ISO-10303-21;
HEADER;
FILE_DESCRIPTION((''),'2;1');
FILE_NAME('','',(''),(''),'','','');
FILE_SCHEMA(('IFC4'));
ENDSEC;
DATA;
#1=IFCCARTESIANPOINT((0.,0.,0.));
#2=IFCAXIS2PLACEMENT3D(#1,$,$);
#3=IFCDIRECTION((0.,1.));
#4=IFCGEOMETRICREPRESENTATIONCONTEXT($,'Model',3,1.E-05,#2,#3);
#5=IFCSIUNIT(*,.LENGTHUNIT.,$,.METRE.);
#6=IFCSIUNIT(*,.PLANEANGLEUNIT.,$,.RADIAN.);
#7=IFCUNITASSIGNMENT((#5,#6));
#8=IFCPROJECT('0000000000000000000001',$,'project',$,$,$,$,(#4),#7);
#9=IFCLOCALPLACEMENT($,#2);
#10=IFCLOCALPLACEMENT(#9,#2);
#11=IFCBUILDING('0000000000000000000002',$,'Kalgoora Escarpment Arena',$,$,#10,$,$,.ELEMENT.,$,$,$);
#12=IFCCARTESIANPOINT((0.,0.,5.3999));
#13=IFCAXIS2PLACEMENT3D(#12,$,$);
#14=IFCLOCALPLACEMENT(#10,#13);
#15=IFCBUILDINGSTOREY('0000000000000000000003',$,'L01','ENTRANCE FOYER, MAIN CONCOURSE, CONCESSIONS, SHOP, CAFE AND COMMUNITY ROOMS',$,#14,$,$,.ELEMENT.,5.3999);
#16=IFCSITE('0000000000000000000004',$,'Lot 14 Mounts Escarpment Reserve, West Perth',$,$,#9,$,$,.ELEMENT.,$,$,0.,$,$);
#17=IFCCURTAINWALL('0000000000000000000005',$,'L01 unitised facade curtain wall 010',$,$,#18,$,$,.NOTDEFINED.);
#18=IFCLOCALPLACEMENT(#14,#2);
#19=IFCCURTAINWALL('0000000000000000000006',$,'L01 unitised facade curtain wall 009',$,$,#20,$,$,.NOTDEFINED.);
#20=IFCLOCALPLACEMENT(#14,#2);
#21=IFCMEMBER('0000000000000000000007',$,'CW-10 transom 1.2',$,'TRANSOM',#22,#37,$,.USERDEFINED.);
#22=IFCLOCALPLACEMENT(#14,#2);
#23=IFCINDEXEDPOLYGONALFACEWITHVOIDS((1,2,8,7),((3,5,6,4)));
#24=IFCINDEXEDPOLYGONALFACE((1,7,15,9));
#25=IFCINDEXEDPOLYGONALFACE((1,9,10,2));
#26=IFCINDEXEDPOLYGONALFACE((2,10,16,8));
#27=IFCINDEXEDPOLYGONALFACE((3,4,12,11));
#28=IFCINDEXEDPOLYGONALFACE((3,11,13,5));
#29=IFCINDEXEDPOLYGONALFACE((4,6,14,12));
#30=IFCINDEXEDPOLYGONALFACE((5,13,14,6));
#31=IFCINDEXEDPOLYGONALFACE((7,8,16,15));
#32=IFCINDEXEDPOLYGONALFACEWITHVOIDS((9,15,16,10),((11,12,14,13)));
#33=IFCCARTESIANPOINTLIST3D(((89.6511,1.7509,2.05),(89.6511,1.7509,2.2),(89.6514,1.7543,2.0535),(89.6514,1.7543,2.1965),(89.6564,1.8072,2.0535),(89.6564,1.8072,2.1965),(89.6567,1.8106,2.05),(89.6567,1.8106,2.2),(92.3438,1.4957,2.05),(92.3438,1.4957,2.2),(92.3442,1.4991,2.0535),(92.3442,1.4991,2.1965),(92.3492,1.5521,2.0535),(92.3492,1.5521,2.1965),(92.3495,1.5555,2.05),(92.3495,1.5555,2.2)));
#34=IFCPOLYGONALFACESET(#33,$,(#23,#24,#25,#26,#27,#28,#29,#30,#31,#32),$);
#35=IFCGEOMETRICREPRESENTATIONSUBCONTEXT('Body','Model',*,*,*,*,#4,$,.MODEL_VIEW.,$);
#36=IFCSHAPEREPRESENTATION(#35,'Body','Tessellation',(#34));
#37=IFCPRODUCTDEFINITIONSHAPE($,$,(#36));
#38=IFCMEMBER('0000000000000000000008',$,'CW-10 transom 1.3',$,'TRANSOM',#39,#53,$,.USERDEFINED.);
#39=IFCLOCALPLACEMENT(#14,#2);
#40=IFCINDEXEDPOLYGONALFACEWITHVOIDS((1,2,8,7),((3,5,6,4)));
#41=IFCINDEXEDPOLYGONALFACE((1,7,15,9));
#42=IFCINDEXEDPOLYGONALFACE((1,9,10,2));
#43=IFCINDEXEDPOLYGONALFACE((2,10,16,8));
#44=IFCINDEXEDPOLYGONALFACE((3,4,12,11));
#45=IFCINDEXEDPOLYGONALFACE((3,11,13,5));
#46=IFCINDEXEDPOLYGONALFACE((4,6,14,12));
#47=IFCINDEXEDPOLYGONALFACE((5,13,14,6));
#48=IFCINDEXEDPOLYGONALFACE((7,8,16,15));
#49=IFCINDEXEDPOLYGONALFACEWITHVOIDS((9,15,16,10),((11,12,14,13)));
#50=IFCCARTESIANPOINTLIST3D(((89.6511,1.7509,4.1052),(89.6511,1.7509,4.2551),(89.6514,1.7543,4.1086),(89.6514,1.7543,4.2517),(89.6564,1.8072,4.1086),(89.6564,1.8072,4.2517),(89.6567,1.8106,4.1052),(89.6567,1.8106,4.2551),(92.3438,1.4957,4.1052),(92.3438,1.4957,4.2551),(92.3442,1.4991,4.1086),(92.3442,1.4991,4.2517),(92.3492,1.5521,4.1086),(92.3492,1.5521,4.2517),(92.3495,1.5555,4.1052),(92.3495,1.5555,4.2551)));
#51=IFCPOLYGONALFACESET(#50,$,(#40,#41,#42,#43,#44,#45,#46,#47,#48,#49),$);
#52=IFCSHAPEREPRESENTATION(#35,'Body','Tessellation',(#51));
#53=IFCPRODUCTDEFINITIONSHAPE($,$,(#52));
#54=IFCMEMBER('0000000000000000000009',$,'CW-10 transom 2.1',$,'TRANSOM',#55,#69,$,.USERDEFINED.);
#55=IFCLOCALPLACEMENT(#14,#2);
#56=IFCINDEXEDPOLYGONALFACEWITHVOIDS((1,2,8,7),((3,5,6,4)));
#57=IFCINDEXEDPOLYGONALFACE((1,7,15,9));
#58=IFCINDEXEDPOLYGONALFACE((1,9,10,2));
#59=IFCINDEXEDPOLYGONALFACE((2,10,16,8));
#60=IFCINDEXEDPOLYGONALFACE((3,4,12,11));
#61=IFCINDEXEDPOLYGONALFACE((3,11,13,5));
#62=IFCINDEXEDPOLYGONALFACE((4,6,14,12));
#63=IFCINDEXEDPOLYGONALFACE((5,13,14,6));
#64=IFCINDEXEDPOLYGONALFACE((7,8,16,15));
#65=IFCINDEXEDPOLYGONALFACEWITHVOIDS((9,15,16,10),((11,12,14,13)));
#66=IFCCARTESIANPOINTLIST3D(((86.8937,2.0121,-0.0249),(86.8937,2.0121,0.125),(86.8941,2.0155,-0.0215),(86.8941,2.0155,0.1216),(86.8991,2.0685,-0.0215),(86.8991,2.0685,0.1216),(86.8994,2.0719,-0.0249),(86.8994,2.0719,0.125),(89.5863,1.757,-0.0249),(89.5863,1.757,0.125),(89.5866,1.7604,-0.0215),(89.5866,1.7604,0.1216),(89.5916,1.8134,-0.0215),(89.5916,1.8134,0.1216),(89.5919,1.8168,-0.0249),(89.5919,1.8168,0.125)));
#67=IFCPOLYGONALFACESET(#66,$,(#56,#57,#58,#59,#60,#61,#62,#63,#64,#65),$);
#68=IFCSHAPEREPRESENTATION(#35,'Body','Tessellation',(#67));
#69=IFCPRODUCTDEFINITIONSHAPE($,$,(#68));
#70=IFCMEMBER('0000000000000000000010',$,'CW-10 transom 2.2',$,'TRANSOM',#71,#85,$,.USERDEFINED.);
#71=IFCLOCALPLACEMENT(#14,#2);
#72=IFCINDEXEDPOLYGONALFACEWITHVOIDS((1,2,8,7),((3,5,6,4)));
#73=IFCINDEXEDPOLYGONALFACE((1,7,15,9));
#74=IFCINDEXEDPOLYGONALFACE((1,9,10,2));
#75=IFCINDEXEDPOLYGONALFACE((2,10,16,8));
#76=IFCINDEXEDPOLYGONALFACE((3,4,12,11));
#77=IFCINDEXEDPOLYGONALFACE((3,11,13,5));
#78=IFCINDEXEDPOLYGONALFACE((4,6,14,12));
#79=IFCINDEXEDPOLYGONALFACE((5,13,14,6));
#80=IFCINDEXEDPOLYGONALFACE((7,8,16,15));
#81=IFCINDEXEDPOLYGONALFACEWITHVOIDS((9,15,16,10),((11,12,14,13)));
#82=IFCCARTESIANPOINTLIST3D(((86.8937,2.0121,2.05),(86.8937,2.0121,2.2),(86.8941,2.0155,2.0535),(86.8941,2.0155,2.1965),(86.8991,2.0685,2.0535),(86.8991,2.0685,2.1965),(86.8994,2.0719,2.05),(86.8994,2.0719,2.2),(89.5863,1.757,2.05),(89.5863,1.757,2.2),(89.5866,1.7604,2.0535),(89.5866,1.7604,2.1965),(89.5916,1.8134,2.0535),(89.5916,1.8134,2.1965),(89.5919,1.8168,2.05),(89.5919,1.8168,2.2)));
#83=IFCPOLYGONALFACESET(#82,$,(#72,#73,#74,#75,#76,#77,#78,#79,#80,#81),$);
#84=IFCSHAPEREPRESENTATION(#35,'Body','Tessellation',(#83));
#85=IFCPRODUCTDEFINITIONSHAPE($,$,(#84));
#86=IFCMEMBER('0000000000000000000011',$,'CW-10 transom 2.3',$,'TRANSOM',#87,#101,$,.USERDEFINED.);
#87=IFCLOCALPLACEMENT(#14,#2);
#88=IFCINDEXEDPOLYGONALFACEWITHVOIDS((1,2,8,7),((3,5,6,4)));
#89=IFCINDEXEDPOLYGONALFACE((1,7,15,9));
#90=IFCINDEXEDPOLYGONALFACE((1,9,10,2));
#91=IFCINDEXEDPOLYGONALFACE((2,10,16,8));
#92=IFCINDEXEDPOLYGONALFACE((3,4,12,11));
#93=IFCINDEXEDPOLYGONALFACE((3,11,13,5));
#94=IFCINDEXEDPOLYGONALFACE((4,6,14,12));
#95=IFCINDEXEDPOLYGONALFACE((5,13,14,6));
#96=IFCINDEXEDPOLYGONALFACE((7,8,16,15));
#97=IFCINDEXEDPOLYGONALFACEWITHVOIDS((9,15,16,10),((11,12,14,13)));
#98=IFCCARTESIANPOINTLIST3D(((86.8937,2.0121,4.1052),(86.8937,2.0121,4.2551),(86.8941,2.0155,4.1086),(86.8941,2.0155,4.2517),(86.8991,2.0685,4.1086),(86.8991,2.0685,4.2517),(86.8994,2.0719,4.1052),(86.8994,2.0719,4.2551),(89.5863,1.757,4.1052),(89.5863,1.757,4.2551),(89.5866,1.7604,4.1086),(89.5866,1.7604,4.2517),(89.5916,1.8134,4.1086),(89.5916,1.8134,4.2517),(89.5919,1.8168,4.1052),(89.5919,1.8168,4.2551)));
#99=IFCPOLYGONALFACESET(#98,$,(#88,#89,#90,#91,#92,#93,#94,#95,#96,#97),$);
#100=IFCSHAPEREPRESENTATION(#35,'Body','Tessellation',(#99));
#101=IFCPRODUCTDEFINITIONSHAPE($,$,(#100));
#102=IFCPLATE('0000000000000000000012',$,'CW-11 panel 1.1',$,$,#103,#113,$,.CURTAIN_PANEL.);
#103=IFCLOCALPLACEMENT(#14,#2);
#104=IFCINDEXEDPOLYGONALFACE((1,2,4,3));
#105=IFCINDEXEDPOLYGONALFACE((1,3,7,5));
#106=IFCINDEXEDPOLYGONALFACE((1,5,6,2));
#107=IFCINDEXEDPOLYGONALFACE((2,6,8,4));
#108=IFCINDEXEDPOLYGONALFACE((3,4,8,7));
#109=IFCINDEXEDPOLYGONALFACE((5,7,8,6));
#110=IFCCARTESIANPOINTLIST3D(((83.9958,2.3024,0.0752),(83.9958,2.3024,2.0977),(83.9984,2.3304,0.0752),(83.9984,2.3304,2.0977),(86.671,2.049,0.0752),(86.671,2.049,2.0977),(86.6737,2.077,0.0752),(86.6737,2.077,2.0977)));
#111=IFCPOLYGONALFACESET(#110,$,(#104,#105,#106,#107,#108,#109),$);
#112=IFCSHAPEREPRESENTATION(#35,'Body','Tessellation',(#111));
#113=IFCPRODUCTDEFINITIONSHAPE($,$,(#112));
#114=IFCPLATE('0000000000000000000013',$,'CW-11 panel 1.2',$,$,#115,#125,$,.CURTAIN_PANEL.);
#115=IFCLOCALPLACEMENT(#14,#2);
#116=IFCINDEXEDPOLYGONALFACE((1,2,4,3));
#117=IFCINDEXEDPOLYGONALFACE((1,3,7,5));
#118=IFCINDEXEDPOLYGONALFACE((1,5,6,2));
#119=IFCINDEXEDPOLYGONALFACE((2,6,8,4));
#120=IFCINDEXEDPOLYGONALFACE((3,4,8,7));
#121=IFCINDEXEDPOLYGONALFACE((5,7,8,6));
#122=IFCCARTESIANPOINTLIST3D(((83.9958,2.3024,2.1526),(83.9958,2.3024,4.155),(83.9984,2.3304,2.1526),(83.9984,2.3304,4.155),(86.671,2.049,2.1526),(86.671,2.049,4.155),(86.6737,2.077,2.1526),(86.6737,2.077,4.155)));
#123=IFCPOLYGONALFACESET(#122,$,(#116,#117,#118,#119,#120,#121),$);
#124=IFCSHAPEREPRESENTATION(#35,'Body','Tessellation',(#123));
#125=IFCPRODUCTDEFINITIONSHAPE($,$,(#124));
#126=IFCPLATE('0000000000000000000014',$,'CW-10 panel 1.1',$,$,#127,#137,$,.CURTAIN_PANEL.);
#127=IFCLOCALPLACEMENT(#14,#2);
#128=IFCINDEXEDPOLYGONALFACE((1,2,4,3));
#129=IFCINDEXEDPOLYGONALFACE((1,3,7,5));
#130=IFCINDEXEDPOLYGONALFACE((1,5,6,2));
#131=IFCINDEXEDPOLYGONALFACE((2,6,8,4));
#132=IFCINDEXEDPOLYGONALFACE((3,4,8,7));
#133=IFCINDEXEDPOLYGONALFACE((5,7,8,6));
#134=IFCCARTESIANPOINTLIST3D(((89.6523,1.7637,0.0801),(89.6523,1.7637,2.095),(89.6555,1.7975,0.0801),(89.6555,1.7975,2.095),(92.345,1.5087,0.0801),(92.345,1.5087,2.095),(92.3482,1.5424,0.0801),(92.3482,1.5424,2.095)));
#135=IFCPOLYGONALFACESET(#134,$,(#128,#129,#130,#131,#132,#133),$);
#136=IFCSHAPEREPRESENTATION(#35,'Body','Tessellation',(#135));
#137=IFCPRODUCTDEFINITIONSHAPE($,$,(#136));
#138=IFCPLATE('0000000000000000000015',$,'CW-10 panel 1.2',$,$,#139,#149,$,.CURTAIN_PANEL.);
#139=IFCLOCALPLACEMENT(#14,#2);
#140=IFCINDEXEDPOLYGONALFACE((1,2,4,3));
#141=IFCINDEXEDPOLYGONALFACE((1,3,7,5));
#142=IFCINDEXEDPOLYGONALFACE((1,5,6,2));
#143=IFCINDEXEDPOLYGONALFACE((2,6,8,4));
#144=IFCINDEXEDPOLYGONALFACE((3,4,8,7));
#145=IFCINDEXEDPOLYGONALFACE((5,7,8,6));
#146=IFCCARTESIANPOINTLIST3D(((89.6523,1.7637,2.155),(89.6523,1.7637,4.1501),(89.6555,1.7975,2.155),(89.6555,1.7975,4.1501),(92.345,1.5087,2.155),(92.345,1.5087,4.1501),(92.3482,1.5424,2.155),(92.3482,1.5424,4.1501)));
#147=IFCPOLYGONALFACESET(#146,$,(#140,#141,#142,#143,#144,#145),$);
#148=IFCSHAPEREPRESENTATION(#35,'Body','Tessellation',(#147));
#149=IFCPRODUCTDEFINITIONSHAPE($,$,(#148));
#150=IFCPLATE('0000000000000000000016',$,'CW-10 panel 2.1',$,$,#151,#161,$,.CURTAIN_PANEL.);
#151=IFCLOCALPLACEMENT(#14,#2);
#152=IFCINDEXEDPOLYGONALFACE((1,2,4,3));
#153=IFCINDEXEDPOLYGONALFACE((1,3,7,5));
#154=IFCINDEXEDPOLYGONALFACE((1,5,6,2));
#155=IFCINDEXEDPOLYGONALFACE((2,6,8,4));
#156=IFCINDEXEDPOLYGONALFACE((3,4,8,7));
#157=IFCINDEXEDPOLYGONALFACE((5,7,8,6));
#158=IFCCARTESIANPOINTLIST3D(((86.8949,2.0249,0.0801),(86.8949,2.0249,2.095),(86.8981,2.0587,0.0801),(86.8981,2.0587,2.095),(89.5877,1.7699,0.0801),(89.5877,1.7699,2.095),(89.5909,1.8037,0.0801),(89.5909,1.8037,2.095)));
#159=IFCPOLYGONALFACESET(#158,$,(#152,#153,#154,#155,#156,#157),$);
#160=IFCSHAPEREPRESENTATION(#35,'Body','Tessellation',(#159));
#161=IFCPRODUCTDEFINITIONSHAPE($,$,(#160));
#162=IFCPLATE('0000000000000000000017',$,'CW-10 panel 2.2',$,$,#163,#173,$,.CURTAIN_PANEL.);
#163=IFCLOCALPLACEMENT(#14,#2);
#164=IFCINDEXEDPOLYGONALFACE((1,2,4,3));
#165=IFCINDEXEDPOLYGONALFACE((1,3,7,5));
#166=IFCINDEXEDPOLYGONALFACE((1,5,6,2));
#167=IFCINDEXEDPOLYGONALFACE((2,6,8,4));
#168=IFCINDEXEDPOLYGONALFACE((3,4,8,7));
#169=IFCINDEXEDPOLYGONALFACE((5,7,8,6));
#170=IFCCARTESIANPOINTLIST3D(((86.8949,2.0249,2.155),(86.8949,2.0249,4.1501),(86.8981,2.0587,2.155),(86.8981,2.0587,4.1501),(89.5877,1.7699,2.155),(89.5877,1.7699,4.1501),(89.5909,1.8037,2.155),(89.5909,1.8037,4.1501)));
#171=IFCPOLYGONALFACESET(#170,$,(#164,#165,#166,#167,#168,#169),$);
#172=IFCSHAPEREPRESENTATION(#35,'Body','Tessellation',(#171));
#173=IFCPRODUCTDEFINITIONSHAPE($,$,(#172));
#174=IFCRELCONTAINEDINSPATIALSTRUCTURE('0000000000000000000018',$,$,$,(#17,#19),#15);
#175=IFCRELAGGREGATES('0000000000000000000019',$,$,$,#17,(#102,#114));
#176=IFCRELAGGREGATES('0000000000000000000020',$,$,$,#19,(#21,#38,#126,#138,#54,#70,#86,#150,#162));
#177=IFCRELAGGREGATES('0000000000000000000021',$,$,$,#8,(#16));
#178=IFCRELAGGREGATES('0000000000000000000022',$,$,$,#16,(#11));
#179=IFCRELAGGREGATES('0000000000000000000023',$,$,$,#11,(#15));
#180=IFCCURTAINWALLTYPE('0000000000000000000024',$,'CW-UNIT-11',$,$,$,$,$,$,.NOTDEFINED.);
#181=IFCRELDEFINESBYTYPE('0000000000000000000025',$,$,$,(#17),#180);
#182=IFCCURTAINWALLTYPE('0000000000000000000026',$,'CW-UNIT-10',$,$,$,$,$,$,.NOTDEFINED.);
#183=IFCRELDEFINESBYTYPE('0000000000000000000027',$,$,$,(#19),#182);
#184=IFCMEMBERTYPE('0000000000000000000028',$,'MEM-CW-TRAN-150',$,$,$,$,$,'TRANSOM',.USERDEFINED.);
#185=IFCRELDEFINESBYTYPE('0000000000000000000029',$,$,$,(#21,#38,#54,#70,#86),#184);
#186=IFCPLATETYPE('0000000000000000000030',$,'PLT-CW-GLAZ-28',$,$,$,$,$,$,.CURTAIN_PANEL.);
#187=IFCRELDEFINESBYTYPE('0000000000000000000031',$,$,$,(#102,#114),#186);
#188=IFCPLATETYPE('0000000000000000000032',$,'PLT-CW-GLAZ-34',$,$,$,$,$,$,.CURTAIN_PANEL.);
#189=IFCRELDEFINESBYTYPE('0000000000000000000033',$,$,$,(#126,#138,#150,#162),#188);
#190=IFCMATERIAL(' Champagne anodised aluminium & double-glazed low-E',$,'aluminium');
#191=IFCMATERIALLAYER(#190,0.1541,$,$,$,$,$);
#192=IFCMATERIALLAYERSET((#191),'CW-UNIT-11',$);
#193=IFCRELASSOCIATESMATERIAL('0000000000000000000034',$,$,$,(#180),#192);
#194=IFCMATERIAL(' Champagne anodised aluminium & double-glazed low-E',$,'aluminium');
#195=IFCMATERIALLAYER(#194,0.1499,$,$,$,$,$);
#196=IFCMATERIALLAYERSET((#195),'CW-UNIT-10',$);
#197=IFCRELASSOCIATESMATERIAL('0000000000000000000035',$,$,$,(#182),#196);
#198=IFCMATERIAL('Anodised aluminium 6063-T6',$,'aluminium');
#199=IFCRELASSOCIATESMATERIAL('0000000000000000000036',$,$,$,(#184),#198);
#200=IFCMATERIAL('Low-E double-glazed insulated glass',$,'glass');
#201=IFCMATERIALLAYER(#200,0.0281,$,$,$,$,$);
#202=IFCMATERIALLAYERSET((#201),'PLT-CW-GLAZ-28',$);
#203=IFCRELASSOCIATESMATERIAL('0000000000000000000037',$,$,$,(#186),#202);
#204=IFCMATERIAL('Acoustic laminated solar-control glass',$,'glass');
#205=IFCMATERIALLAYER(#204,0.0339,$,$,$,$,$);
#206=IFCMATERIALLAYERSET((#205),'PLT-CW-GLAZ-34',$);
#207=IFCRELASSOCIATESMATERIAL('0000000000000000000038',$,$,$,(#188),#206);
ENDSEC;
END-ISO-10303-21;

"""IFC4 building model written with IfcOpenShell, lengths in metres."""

from ifc_helpers import new_model, si_unit, direction, frame, origin, origin_2d, place, context, subcontext, project, spatial, rectangle, hollow_rectangle, extrude, material, layer, layer_set, material_profile, profile_set, type_object, element, aggregate, save


model = new_model("IFC4")

# Units and contexts
model_context = context("Model", 3, precision=1e-05, world=origin(), true_north=direction((0.0, 1.0)))
body_context = subcontext(model_context, "Body", "Model", "MODEL_VIEW")
ifc_project = project(units=[si_unit("LENGTHUNIT", "METRE"), si_unit("PLANEANGLEUNIT", "RADIAN")], contexts=[model_context])

# Site, building, storey
site_placement = place(None, origin())
site = spatial("IfcSite", under=ifc_project, at=site_placement, Name="Lot 14 Mounts Escarpment Reserve, West Perth", CompositionType="ELEMENT", RefElevation=0.0)
building_placement = place(site_placement, origin())
building = spatial("IfcBuilding", under=site, at=building_placement, Name="Kalgoora Escarpment Arena", CompositionType="ELEMENT")
storey_placement = place(building_placement, frame((0.0, 0.0, 5.3999)))
storey = spatial("IfcBuildingStorey", under=building, at=storey_placement, Name="L01", Description="ENTRANCE FOYER, MAIN CONCOURSE, CONCESSIONS, SHOP, CAFE AND COMMUNITY ROOMS", CompositionType="ELEMENT", Elevation=5.3999)

# Curtain walls
ifc_material_1 = material(Name=" Champagne anodised aluminium & double-glazed low-E", Category="aluminium")
ifc_layer_1 = layer(ifc_material_1, 0.1541)
ifc_layer_set_1 = layer_set([ifc_layer_1], Name="CW-UNIT-11")
curtain_wall_type_1 = type_object("IfcCurtainWallType", Name="CW-UNIT-11", PredefinedType="NOTDEFINED", material=ifc_layer_set_1)
curtain_wall_1_placement = place(storey_placement, origin())
curtain_wall_1 = element("IfcCurtainWall", 1, at=curtain_wall_1_placement, inside=storey, type_object=curtain_wall_type_1, Name="L01 unitised facade curtain wall 010", PredefinedType="NOTDEFINED")
ifc_material_2 = material(Name=" Champagne anodised aluminium & double-glazed low-E", Category="aluminium")
ifc_layer_2 = layer(ifc_material_2, 0.1499)
ifc_layer_set_2 = layer_set([ifc_layer_2], Name="CW-UNIT-10")
curtain_wall_type_2 = type_object("IfcCurtainWallType", Name="CW-UNIT-10", PredefinedType="NOTDEFINED", material=ifc_layer_set_2)
curtain_wall_2_placement = place(storey_placement, origin())
curtain_wall_2 = element("IfcCurtainWall", 2, at=curtain_wall_2_placement, inside=storey, type_object=curtain_wall_type_2, Name="L01 unitised facade curtain wall 009", PredefinedType="NOTDEFINED")

# Members
ifc_material_3 = material(Name="Anodised aluminium 6063-T6", Category="aluminium")
ifc_material_profile_1 = material_profile(ifc_material_3, hollow_rectangle(XDim=0.0601, YDim=0.1499, WallThickness=0.0034, at=origin_2d()))
ifc_profile_set_1 = profile_set([ifc_material_profile_1], Name="Anodised aluminium 6063-T6")
member_type_1 = type_object("IfcMemberType", Name="MEM-CW-TRAN-150", ElementType="TRANSOM", PredefinedType="USERDEFINED", material=ifc_profile_set_1)
member_1_placement = place(storey_placement, frame((92.3467, 1.5256, 2.125), z_axis=(-0.995542, 0.094319, 0.0), x_axis=(-0.094319, -0.995542, 0.0)))
member_1 = element("IfcMember", 3, at=member_1_placement, type_object=member_type_1, Name="CW-10 transom 1.2", ObjectType="TRANSOM", PredefinedType="USERDEFINED", context=body_context, shape_type="SweptSolid", body=[
    extrude(hollow_rectangle(XDim=0.0601, YDim=0.1499, WallThickness=0.0034, at=origin_2d()), origin(), (0.0, 0.0, 1.0), 2.7048),
])
member_2_placement = place(storey_placement, frame((92.3467, 1.5256, 4.1802), z_axis=(-0.995542, 0.094319, 0.0), x_axis=(-0.094319, -0.995542, 0.0)))
member_2 = element("IfcMember", 4, at=member_2_placement, type_object=member_type_1, Name="CW-10 transom 1.3", ObjectType="TRANSOM", PredefinedType="USERDEFINED", context=body_context, shape_type="SweptSolid", body=[
    extrude(hollow_rectangle(XDim=0.0601, YDim=0.1499, WallThickness=0.0034, at=origin_2d()), origin(), (0.0, 0.0, 1.0), 2.7048),
])
member_3_placement = place(storey_placement, frame((89.5891, 1.7869, 0.05), z_axis=(-0.995541, 0.094328, 0.0), x_axis=(-0.094328, -0.995541, 0.0)))
member_3 = element("IfcMember", 5, at=member_3_placement, type_object=member_type_1, Name="CW-10 transom 2.1", ObjectType="TRANSOM", PredefinedType="USERDEFINED", context=body_context, shape_type="SweptSolid", body=[
    extrude(hollow_rectangle(XDim=0.0601, YDim=0.1499, WallThickness=0.0034, at=origin_2d()), origin(), (0.0, 0.0, 1.0), 2.7046),
])
member_4_placement = place(storey_placement, frame((89.5891, 1.7869, 2.125), z_axis=(-0.995541, 0.094328, 0.0), x_axis=(-0.094328, -0.995541, 0.0)))
member_4 = element("IfcMember", 6, at=member_4_placement, type_object=member_type_1, Name="CW-10 transom 2.2", ObjectType="TRANSOM", PredefinedType="USERDEFINED", context=body_context, shape_type="SweptSolid", body=[
    extrude(hollow_rectangle(XDim=0.0601, YDim=0.1499, WallThickness=0.0034, at=origin_2d()), origin(), (0.0, 0.0, 1.0), 2.7046),
])
member_5_placement = place(storey_placement, frame((89.5891, 1.7869, 4.1802), z_axis=(-0.995541, 0.094328, 0.0), x_axis=(-0.094328, -0.995541, 0.0)))
member_5 = element("IfcMember", 7, at=member_5_placement, type_object=member_type_1, Name="CW-10 transom 2.3", ObjectType="TRANSOM", PredefinedType="USERDEFINED", context=body_context, shape_type="SweptSolid", body=[
    extrude(hollow_rectangle(XDim=0.0601, YDim=0.1499, WallThickness=0.0034, at=origin_2d()), origin(), (0.0, 0.0, 1.0), 2.7046),
])

# Plates
ifc_material_4 = material(Name="Low-E double-glazed insulated glass", Category="glass")
ifc_layer_3 = layer(ifc_material_4, 0.0281)
ifc_layer_set_3 = layer_set([ifc_layer_3], Name="PLT-CW-GLAZ-28")
plate_type_1 = type_object("IfcPlateType", Name="PLT-CW-GLAZ-28", PredefinedType="CURTAIN_PANEL", material=ifc_layer_set_3)
plate_1_placement = place(storey_placement, frame((85.3347, 2.1897, 0.0752), z_axis=(0.0, 0.0, 1.0), x_axis=(-0.995544, 0.094301, 0.0)))
plate_1 = element("IfcPlate", 8, at=plate_1_placement, type_object=plate_type_1, Name="CW-11 panel 1.1", PredefinedType="CURTAIN_PANEL", context=body_context, shape_type="SweptSolid", body=[
    extrude(rectangle(XDim=2.6873, YDim=0.0281, at=origin_2d()), origin(), (0.0, 0.0, 1.0), 2.0225),
])
plate_2_placement = place(storey_placement, frame((85.3347, 2.1897, 2.1526), z_axis=(0.0, 0.0, 1.0), x_axis=(-0.995544, 0.094301, 0.0)))
plate_2 = element("IfcPlate", 9, at=plate_2_placement, type_object=plate_type_1, Name="CW-11 panel 1.2", PredefinedType="CURTAIN_PANEL", context=body_context, shape_type="SweptSolid", body=[
    extrude(rectangle(XDim=2.6873, YDim=0.0281, at=origin_2d()), origin(), (0.0, 0.0, 1.0), 2.0024),
])
aggregate(curtain_wall_1, [plate_1, plate_2])
ifc_material_5 = material(Name="Acoustic laminated solar-control glass", Category="glass")
ifc_layer_4 = layer(ifc_material_5, 0.0339)
ifc_layer_set_4 = layer_set([ifc_layer_4], Name="PLT-CW-GLAZ-34")
plate_type_2 = type_object("IfcPlateType", Name="PLT-CW-GLAZ-34", PredefinedType="CURTAIN_PANEL", material=ifc_layer_set_4)
plate_3_placement = place(storey_placement, frame((91.0002, 1.6531, 0.0801), z_axis=(0.0, 0.0, 1.0), x_axis=(-0.995544, 0.0943, 0.0)))
plate_3 = element("IfcPlate", 10, at=plate_3_placement, type_object=plate_type_2, Name="CW-10 panel 1.1", PredefinedType="CURTAIN_PANEL", context=body_context, shape_type="SweptSolid", body=[
    extrude(rectangle(XDim=2.7048, YDim=0.0339, at=origin_2d()), origin(), (0.0, 0.0, 1.0), 2.0149),
])
plate_4_placement = place(storey_placement, frame((91.0002, 1.6531, 2.155), z_axis=(0.0, 0.0, 1.0), x_axis=(-0.995544, 0.0943, 0.0)))
plate_4 = element("IfcPlate", 11, at=plate_4_placement, type_object=plate_type_2, Name="CW-10 panel 1.2", PredefinedType="CURTAIN_PANEL", context=body_context, shape_type="SweptSolid", body=[
    extrude(rectangle(XDim=2.7048, YDim=0.0339, at=origin_2d()), origin(), (0.0, 0.0, 1.0), 1.9951),
])
plate_5_placement = place(storey_placement, frame((88.2429, 1.9143, 0.0801), z_axis=(0.0, 0.0, 1.0), x_axis=(-0.995544, 0.0943, 0.0)))
plate_5 = element("IfcPlate", 12, at=plate_5_placement, type_object=plate_type_2, Name="CW-10 panel 2.1", PredefinedType="CURTAIN_PANEL", context=body_context, shape_type="SweptSolid", body=[
    extrude(rectangle(XDim=2.7048, YDim=0.0339, at=origin_2d()), origin(), (0.0, 0.0, 1.0), 2.0149),
])
plate_6_placement = place(storey_placement, frame((88.2429, 1.9143, 2.155), z_axis=(0.0, 0.0, 1.0), x_axis=(-0.995544, 0.0943, 0.0)))
plate_6 = element("IfcPlate", 13, at=plate_6_placement, type_object=plate_type_2, Name="CW-10 panel 2.2", PredefinedType="CURTAIN_PANEL", context=body_context, shape_type="SweptSolid", body=[
    extrude(rectangle(XDim=2.7048, YDim=0.0339, at=origin_2d()), origin(), (0.0, 0.0, 1.0), 1.9951),
])
aggregate(curtain_wall_2, [member_1, member_2, plate_3, plate_4, member_3, member_4, member_5, plate_5, plate_6])

save(model, "model.ifc")
